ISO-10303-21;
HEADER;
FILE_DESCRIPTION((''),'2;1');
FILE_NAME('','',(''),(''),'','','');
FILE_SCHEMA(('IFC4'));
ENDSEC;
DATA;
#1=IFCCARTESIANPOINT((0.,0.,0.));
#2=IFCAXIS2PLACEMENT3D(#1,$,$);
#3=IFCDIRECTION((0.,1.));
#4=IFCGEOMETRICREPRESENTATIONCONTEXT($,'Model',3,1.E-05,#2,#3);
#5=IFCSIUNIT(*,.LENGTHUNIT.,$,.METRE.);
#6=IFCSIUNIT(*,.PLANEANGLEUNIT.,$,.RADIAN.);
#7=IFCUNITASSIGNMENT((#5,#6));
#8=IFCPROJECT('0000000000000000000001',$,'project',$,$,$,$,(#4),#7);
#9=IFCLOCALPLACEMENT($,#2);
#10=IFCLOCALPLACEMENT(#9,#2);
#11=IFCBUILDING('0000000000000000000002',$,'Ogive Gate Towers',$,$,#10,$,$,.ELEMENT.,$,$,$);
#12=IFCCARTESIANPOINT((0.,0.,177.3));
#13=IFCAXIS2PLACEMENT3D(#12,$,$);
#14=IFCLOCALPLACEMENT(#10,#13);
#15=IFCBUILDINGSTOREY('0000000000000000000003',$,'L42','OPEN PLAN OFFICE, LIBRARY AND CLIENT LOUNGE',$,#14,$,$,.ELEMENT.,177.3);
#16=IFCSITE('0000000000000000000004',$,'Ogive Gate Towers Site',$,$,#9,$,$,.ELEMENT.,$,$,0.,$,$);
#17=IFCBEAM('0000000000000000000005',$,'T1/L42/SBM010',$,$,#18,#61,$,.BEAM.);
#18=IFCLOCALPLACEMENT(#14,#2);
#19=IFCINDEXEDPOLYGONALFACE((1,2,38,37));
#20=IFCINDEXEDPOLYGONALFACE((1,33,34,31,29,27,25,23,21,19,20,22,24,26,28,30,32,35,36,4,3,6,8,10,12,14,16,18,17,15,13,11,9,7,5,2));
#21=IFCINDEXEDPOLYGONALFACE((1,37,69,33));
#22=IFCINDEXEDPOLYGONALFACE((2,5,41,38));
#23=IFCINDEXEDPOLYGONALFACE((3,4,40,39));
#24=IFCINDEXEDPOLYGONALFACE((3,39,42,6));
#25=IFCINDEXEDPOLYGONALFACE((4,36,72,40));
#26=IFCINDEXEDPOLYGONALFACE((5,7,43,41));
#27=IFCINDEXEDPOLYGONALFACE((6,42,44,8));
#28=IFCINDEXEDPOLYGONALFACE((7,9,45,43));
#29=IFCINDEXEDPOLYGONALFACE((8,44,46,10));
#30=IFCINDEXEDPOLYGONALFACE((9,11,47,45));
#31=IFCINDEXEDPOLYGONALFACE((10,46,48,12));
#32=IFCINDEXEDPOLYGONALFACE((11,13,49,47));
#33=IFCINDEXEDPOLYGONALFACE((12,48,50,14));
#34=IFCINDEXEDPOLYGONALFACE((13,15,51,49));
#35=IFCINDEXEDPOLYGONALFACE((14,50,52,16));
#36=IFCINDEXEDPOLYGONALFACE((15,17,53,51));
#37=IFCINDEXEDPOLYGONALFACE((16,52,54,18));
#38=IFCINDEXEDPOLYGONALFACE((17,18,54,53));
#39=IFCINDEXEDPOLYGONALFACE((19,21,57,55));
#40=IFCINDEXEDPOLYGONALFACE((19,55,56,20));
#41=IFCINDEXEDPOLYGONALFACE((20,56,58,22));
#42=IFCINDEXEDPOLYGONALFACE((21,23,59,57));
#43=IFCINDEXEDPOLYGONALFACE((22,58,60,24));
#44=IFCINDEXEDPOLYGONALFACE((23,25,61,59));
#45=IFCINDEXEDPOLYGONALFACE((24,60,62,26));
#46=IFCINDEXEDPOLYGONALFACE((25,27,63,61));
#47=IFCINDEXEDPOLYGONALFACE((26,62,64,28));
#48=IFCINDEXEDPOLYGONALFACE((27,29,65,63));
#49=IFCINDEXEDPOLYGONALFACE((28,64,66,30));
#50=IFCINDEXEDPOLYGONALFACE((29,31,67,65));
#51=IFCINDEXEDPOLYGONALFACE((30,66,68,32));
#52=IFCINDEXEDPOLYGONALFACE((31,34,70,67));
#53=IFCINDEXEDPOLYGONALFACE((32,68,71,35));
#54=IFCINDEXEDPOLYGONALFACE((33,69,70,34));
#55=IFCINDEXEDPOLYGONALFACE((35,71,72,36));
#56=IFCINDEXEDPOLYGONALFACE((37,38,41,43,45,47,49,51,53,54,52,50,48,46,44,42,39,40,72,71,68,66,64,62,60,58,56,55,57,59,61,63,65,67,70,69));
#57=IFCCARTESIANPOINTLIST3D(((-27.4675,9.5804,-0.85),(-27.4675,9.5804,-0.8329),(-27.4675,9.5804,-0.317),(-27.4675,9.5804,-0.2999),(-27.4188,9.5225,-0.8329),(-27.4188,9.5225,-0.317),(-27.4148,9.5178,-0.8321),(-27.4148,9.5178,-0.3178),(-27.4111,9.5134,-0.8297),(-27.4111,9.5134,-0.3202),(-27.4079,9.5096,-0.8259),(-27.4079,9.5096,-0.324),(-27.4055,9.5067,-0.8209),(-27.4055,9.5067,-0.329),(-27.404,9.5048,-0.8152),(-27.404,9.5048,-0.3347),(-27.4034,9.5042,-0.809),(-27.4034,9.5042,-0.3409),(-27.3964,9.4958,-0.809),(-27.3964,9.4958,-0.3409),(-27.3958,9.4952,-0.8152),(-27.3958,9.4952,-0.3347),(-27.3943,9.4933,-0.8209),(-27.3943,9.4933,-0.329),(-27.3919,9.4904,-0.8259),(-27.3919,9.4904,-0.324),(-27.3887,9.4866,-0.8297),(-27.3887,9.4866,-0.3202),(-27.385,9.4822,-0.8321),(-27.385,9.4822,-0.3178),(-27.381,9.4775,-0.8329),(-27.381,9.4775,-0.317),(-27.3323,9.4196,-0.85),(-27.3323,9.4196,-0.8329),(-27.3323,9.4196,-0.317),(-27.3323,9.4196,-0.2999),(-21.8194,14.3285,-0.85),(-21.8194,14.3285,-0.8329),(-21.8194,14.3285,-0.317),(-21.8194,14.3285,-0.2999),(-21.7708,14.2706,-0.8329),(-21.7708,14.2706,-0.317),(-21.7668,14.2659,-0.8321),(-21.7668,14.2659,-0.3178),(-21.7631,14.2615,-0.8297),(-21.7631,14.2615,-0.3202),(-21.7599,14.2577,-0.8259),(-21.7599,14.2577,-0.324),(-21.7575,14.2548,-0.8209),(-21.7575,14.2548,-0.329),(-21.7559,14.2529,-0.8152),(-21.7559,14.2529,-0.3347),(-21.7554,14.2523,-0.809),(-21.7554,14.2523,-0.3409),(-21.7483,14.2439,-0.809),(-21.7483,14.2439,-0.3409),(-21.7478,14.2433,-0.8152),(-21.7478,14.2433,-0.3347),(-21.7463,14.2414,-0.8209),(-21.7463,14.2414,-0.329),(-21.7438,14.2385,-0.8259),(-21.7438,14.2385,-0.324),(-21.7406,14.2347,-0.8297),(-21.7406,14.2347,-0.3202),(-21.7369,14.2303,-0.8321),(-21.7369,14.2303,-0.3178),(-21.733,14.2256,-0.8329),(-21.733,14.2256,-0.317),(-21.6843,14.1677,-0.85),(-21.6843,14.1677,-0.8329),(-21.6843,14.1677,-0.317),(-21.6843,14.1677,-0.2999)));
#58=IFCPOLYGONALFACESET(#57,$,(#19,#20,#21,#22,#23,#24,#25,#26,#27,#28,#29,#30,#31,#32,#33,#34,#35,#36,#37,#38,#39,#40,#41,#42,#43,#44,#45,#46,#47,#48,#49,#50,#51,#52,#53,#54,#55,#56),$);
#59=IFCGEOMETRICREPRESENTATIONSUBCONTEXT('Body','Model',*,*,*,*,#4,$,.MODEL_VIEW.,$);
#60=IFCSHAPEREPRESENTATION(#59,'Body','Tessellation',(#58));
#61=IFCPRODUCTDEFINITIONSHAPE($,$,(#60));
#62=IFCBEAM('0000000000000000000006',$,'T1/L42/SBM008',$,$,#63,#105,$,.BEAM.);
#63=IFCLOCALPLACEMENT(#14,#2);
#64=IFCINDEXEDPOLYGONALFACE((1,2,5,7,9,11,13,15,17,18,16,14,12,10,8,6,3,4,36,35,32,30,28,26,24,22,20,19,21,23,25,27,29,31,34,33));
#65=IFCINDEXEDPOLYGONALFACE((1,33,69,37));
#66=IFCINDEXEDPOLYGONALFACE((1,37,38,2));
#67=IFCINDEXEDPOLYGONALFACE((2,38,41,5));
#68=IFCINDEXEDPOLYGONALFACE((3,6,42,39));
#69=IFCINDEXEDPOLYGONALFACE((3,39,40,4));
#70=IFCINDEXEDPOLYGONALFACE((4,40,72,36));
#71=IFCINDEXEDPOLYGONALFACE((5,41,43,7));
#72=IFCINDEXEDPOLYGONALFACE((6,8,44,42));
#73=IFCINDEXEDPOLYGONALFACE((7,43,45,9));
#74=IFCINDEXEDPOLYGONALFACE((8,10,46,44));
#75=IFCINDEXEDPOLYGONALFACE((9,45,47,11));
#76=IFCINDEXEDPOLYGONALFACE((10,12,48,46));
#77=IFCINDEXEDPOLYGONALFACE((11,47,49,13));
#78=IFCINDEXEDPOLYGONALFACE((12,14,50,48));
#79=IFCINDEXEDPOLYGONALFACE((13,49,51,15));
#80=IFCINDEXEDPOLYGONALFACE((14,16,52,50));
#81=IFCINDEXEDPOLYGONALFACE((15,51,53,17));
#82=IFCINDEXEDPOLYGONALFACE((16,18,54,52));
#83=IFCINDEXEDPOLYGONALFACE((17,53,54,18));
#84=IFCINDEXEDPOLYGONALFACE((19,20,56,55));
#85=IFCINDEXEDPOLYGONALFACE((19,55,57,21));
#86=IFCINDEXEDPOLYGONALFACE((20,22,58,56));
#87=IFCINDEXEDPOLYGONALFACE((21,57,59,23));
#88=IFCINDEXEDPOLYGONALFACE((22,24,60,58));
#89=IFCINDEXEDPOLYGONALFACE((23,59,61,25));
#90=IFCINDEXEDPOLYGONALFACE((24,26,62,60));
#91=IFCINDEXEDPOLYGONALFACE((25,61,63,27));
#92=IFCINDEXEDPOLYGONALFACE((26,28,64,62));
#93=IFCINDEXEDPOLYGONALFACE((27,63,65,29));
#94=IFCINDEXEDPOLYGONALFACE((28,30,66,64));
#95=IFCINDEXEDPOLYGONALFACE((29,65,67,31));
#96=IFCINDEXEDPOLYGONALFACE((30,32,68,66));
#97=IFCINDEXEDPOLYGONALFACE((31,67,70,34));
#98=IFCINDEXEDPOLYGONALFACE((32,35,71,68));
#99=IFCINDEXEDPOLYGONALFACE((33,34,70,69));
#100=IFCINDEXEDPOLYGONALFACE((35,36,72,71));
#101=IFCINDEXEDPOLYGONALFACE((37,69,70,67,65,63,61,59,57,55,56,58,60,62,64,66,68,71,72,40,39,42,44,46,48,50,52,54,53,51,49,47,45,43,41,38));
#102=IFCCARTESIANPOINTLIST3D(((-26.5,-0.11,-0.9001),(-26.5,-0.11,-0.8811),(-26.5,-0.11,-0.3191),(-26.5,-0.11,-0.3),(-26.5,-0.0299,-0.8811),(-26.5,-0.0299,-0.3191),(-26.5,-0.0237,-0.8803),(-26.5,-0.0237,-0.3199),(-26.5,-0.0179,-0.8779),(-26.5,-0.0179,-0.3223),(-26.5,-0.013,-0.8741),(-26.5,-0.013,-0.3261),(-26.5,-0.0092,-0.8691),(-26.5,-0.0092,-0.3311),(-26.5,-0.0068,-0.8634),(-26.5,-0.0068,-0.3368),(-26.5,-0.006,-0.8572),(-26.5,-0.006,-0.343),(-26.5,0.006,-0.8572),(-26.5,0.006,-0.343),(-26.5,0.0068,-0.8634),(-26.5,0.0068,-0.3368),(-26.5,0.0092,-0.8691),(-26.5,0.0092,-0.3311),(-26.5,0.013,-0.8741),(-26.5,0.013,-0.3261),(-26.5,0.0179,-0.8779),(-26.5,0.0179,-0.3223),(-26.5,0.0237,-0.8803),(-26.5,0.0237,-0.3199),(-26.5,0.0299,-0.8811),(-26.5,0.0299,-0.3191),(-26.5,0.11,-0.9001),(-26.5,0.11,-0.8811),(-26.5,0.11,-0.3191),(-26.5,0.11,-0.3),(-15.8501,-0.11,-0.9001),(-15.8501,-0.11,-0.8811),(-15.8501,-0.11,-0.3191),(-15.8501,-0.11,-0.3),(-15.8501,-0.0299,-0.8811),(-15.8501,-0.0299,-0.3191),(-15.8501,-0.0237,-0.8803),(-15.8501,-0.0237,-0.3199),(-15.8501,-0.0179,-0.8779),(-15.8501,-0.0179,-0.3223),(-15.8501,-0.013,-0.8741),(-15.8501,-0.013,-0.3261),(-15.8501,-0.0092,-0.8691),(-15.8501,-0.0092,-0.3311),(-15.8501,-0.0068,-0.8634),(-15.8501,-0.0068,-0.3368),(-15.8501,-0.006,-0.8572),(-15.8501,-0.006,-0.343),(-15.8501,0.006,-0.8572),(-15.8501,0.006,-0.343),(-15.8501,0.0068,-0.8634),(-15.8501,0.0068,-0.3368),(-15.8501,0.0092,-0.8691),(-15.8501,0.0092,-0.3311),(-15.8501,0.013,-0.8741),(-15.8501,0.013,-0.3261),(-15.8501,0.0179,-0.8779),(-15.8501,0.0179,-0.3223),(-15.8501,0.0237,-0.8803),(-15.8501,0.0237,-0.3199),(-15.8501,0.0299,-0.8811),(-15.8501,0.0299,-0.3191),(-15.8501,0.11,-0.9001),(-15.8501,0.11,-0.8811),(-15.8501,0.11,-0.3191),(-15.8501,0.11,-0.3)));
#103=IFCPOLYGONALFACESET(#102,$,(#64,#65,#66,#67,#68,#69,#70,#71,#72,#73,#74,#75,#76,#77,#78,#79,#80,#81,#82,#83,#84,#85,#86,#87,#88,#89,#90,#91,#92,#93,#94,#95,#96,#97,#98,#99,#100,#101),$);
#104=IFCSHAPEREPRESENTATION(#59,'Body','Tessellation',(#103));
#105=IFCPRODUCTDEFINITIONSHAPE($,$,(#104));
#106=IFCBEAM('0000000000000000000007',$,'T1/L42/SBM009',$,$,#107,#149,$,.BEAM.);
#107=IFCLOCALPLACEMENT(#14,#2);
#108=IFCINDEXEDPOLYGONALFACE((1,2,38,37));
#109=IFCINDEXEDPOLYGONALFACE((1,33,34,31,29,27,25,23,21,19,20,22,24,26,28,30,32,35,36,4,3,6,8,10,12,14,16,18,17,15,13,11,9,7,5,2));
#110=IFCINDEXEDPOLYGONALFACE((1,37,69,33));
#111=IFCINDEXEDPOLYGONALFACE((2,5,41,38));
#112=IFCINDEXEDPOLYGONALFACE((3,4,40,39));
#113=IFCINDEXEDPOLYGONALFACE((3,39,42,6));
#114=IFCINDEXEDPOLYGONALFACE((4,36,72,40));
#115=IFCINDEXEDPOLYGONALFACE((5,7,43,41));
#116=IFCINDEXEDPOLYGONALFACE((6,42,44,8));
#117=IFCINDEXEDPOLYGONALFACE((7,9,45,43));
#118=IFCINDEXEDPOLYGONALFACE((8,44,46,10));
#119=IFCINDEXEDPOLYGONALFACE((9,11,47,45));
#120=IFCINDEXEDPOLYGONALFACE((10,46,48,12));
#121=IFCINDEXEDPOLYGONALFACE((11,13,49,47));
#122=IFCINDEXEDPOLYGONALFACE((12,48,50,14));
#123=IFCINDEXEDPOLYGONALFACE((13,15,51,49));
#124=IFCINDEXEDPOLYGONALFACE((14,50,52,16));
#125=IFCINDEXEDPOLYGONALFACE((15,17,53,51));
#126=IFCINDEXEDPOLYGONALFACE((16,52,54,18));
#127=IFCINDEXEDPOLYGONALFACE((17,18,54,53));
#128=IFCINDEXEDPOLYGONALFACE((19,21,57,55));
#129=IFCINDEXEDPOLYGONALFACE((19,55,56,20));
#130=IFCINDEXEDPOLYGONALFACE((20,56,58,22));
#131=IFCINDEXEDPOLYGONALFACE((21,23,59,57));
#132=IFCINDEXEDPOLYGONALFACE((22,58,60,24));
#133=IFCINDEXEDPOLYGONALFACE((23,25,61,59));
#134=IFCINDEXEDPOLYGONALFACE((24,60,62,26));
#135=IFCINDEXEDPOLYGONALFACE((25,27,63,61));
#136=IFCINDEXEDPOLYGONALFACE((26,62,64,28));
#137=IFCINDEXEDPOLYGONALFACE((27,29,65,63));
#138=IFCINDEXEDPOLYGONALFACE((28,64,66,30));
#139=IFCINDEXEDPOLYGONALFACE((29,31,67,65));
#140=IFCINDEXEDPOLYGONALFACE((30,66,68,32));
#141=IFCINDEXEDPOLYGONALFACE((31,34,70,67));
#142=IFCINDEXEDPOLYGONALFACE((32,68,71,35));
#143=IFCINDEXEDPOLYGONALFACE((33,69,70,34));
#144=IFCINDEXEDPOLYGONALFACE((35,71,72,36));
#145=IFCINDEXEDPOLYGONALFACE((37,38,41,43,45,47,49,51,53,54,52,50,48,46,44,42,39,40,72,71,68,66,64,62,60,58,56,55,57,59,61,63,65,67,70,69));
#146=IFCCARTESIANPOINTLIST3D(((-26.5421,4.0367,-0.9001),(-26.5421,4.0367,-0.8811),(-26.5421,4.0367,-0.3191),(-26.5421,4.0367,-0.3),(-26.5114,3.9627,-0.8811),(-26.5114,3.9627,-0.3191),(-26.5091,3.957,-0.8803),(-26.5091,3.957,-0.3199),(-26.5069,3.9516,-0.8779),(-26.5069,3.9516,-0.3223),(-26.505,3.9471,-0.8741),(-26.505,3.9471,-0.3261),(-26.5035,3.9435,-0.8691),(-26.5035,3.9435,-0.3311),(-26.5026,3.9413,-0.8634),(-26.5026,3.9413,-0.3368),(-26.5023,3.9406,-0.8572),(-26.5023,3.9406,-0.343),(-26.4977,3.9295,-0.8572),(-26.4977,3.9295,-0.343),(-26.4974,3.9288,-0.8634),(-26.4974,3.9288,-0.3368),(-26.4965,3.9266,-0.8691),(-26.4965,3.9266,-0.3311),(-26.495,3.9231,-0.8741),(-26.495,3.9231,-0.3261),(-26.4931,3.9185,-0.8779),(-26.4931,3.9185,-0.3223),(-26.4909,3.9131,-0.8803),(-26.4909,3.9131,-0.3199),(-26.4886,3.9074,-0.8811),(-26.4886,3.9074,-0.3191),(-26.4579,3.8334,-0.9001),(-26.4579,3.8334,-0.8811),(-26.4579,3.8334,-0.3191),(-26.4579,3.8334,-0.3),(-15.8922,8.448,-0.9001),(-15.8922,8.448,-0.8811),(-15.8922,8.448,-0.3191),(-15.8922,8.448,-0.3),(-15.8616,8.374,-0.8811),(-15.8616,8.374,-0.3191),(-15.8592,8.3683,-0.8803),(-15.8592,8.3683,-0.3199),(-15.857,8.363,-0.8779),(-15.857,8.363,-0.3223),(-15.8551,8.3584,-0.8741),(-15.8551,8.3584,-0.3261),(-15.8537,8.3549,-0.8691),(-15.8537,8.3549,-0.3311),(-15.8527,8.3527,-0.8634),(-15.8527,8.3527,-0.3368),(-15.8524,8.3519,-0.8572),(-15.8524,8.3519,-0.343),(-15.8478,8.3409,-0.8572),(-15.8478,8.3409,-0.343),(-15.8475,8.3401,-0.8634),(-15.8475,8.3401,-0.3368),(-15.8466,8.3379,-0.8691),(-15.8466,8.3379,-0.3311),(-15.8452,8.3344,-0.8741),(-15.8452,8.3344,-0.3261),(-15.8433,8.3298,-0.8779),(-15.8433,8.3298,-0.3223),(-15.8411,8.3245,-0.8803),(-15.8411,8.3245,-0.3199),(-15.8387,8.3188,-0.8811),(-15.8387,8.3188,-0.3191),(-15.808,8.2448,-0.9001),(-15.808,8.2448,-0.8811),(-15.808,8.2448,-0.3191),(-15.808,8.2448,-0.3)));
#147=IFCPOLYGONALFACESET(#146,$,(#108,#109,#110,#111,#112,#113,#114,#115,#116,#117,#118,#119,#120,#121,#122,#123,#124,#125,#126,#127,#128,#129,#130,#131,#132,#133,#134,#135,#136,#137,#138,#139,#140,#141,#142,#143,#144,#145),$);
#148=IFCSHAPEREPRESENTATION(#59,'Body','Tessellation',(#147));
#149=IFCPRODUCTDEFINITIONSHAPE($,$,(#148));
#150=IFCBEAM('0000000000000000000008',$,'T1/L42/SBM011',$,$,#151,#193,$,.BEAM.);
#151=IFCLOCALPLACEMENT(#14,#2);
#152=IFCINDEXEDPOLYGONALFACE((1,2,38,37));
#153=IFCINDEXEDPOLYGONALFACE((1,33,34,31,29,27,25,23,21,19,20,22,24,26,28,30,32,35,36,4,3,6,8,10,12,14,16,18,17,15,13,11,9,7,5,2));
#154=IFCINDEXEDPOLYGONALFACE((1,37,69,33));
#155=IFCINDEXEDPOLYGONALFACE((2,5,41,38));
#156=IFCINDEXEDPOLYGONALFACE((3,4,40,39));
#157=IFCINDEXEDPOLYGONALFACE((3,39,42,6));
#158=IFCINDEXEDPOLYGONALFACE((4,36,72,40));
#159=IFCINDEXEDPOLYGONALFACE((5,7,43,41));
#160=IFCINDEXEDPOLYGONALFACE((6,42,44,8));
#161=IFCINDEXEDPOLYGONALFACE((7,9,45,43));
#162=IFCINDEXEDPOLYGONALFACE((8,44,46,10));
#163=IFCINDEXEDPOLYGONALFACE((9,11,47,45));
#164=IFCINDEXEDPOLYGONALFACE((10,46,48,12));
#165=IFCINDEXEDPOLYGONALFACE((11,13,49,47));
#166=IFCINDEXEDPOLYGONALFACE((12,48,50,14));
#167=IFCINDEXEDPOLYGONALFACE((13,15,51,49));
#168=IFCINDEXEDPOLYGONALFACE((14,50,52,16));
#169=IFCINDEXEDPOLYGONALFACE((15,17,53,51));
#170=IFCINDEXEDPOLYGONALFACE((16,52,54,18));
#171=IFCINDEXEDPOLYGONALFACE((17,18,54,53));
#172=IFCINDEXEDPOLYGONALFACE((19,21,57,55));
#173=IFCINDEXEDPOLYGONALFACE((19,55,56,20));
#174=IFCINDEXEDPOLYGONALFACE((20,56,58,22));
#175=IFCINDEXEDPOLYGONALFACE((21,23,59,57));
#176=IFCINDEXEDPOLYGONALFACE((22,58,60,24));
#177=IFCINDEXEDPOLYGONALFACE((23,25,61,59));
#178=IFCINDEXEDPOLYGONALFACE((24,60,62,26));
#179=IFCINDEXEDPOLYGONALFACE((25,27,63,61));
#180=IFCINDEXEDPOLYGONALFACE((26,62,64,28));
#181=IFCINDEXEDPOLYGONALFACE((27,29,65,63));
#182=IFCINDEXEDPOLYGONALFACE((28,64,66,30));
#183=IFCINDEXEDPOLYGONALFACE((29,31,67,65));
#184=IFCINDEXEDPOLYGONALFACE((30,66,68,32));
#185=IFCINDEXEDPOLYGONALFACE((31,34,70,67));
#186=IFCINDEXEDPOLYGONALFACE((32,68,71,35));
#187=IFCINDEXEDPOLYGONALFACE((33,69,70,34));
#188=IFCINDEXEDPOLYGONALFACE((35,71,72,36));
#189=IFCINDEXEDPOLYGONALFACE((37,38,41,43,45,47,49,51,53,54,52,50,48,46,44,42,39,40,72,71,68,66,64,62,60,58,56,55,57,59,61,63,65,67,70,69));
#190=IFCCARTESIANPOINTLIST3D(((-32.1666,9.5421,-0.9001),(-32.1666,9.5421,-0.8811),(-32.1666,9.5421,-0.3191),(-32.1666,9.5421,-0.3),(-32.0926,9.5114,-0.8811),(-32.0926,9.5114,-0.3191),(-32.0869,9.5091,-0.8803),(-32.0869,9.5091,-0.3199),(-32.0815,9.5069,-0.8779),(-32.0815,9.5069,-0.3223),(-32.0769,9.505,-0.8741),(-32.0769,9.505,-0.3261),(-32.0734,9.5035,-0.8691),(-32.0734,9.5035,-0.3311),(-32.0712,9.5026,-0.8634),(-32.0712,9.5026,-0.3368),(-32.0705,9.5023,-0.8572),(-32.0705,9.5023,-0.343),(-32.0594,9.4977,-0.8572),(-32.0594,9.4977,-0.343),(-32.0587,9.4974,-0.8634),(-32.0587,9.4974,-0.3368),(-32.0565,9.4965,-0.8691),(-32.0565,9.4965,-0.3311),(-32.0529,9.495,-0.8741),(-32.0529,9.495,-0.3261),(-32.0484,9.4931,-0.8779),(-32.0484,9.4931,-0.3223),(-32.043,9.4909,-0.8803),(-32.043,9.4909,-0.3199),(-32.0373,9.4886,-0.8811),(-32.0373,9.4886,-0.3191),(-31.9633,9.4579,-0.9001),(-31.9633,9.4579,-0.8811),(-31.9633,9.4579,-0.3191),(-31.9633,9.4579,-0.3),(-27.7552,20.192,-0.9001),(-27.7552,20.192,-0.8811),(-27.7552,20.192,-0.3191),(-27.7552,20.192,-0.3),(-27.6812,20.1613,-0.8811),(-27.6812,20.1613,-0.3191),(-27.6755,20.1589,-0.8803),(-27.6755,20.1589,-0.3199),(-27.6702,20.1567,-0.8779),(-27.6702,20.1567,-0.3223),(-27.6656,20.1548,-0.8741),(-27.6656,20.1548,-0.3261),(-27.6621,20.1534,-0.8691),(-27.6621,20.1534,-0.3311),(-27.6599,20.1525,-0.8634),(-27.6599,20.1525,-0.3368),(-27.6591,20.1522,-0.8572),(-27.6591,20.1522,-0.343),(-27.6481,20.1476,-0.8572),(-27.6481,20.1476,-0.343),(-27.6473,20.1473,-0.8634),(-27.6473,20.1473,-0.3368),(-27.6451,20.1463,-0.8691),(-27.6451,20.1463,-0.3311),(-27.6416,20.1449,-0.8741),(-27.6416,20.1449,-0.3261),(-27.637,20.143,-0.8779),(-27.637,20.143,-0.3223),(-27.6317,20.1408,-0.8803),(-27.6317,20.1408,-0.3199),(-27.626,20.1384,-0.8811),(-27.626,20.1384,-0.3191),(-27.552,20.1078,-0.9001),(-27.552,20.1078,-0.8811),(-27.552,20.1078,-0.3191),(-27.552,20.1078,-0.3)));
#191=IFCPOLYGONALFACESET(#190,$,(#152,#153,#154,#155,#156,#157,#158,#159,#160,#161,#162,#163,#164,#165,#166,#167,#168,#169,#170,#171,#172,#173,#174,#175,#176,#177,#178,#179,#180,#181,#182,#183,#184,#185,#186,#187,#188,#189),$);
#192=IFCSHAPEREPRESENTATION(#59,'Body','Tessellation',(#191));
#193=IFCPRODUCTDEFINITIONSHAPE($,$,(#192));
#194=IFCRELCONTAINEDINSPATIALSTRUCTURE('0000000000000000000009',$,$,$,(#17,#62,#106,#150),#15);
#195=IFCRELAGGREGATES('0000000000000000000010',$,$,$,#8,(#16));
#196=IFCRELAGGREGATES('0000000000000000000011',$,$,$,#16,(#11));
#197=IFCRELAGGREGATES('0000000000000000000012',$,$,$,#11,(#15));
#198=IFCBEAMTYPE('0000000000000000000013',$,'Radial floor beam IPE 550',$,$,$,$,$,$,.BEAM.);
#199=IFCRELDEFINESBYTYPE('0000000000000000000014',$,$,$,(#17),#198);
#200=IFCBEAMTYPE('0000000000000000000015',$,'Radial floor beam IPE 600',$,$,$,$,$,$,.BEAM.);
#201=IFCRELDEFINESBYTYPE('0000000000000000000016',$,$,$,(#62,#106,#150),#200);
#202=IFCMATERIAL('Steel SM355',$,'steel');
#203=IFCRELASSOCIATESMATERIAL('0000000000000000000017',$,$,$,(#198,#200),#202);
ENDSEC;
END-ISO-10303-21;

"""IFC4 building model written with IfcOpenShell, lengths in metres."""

from ifc_helpers import new_model, si_unit, direction, frame, origin, origin_2d, place, context, subcontext, project, spatial, i_section, extrude, material, material_profile, profile_set, type_object, element, save


model = new_model("IFC4")

# Units and contexts
model_context = context("Model", 3, precision=1e-05, world=origin(), true_north=direction((0.0, 1.0)))
body_context = subcontext(model_context, "Body", "Model", "MODEL_VIEW")
ifc_project = project(units=[si_unit("LENGTHUNIT", "METRE"), si_unit("PLANEANGLEUNIT", "RADIAN")], contexts=[model_context])

# Site, building, storey
site_placement = place(None, origin())
site = spatial("IfcSite", under=ifc_project, at=site_placement, Name="Ogive Gate Towers Site", CompositionType="ELEMENT", RefElevation=0.0)
building_placement = place(site_placement, origin())
building = spatial("IfcBuilding", under=site, at=building_placement, Name="Ogive Gate Towers", CompositionType="ELEMENT")
storey_placement = place(building_placement, frame((0.0, 0.0, 177.3)))
storey = spatial("IfcBuildingStorey", under=building, at=storey_placement, Name="L42", Description="OPEN PLAN OFFICE, LIBRARY AND CLIENT LOUNGE", CompositionType="ELEMENT", Elevation=177.3)

# Beams
ifc_material_1 = material(Name="Steel SM355", Category="steel")
ifc_material_profile_1 = material_profile(ifc_material_1, i_section(OverallWidth=0.21, OverallDepth=0.55, WebThickness=0.011, FlangeThickness=0.0171, FilletRadius=0.0239, at=origin_2d()), Name="IPE 550")
ifc_profile_set_1 = profile_set([ifc_material_profile_1], Name="Steel SM355")
beam_type_1 = type_object("IfcBeamType", Name="Radial floor beam IPE 550", PredefinedType="BEAM", material=ifc_profile_set_1)
beam_1_placement = place(storey_placement, frame((-27.3999, 9.5, -0.575), z_axis=(0.765453, 0.643492, 0.0), x_axis=(-0.643492, 0.765453, 0.0)))
element("IfcBeam", 1, at=beam_1_placement, inside=storey, type_object=beam_type_1, Name="T1/L42/SBM010", PredefinedType="BEAM", context=body_context, shape_type="SweptSolid", body=[
    extrude(i_section(OverallWidth=0.21, OverallDepth=0.55, WebThickness=0.011, FlangeThickness=0.0171, FilletRadius=0.0239, at=origin_2d()), origin(), (0.0, 0.0, 1.0), 7.3787),
])
ifc_material_profile_2 = material_profile(ifc_material_1, i_section(OverallWidth=0.22, OverallDepth=0.6001, WebThickness=0.012, FlangeThickness=0.019, FilletRadius=0.0239, at=origin_2d()), Name="IPE 600")
ifc_profile_set_2 = profile_set([ifc_material_profile_2], Name="Steel SM355")
beam_type_2 = type_object("IfcBeamType", Name="Radial floor beam IPE 600", PredefinedType="BEAM", material=ifc_profile_set_2)
beam_2_placement = place(storey_placement, frame((-26.5, 0.0, -0.6001), z_axis=(1.0, 0.0, 0.0), x_axis=(0.0, 1.0, 0.0)))
element("IfcBeam", 2, at=beam_2_placement, inside=storey, type_object=beam_type_2, Name="T1/L42/SBM008", PredefinedType="BEAM", context=body_context, shape_type="SweptSolid", body=[
    extrude(i_section(OverallWidth=0.22, OverallDepth=0.6001, WebThickness=0.012, FlangeThickness=0.019, FilletRadius=0.0239, at=origin_2d()), origin(), (0.0, 0.0, 1.0), 10.6499),
])
for number, where, z_axis, x_axis, name in (
    (3, (-26.5, 3.9351, -0.6001), (0.923878, 0.382687, 0.0), (-0.382687, 0.923878, 0.0), "T1/L42/SBM009"),
    (4, (-32.0649, 9.5, -0.6001), (0.382687, 0.923878, 0.0), (-0.923878, 0.382687, 0.0), "T1/L42/SBM011"),
):
    element("IfcBeam", number, at=place(storey_placement, frame(where, z_axis=z_axis, x_axis=x_axis)), inside=storey, type_object=beam_type_2, Name=name, PredefinedType="BEAM", context=body_context, shape_type="SweptSolid", body=[
        extrude(i_section(OverallWidth=0.22, OverallDepth=0.6001, WebThickness=0.012, FlangeThickness=0.019, FilletRadius=0.0239, at=origin_2d()), origin(), (0.0, 0.0, 1.0), 11.5273),
    ])

save(model, "model.ifc")
